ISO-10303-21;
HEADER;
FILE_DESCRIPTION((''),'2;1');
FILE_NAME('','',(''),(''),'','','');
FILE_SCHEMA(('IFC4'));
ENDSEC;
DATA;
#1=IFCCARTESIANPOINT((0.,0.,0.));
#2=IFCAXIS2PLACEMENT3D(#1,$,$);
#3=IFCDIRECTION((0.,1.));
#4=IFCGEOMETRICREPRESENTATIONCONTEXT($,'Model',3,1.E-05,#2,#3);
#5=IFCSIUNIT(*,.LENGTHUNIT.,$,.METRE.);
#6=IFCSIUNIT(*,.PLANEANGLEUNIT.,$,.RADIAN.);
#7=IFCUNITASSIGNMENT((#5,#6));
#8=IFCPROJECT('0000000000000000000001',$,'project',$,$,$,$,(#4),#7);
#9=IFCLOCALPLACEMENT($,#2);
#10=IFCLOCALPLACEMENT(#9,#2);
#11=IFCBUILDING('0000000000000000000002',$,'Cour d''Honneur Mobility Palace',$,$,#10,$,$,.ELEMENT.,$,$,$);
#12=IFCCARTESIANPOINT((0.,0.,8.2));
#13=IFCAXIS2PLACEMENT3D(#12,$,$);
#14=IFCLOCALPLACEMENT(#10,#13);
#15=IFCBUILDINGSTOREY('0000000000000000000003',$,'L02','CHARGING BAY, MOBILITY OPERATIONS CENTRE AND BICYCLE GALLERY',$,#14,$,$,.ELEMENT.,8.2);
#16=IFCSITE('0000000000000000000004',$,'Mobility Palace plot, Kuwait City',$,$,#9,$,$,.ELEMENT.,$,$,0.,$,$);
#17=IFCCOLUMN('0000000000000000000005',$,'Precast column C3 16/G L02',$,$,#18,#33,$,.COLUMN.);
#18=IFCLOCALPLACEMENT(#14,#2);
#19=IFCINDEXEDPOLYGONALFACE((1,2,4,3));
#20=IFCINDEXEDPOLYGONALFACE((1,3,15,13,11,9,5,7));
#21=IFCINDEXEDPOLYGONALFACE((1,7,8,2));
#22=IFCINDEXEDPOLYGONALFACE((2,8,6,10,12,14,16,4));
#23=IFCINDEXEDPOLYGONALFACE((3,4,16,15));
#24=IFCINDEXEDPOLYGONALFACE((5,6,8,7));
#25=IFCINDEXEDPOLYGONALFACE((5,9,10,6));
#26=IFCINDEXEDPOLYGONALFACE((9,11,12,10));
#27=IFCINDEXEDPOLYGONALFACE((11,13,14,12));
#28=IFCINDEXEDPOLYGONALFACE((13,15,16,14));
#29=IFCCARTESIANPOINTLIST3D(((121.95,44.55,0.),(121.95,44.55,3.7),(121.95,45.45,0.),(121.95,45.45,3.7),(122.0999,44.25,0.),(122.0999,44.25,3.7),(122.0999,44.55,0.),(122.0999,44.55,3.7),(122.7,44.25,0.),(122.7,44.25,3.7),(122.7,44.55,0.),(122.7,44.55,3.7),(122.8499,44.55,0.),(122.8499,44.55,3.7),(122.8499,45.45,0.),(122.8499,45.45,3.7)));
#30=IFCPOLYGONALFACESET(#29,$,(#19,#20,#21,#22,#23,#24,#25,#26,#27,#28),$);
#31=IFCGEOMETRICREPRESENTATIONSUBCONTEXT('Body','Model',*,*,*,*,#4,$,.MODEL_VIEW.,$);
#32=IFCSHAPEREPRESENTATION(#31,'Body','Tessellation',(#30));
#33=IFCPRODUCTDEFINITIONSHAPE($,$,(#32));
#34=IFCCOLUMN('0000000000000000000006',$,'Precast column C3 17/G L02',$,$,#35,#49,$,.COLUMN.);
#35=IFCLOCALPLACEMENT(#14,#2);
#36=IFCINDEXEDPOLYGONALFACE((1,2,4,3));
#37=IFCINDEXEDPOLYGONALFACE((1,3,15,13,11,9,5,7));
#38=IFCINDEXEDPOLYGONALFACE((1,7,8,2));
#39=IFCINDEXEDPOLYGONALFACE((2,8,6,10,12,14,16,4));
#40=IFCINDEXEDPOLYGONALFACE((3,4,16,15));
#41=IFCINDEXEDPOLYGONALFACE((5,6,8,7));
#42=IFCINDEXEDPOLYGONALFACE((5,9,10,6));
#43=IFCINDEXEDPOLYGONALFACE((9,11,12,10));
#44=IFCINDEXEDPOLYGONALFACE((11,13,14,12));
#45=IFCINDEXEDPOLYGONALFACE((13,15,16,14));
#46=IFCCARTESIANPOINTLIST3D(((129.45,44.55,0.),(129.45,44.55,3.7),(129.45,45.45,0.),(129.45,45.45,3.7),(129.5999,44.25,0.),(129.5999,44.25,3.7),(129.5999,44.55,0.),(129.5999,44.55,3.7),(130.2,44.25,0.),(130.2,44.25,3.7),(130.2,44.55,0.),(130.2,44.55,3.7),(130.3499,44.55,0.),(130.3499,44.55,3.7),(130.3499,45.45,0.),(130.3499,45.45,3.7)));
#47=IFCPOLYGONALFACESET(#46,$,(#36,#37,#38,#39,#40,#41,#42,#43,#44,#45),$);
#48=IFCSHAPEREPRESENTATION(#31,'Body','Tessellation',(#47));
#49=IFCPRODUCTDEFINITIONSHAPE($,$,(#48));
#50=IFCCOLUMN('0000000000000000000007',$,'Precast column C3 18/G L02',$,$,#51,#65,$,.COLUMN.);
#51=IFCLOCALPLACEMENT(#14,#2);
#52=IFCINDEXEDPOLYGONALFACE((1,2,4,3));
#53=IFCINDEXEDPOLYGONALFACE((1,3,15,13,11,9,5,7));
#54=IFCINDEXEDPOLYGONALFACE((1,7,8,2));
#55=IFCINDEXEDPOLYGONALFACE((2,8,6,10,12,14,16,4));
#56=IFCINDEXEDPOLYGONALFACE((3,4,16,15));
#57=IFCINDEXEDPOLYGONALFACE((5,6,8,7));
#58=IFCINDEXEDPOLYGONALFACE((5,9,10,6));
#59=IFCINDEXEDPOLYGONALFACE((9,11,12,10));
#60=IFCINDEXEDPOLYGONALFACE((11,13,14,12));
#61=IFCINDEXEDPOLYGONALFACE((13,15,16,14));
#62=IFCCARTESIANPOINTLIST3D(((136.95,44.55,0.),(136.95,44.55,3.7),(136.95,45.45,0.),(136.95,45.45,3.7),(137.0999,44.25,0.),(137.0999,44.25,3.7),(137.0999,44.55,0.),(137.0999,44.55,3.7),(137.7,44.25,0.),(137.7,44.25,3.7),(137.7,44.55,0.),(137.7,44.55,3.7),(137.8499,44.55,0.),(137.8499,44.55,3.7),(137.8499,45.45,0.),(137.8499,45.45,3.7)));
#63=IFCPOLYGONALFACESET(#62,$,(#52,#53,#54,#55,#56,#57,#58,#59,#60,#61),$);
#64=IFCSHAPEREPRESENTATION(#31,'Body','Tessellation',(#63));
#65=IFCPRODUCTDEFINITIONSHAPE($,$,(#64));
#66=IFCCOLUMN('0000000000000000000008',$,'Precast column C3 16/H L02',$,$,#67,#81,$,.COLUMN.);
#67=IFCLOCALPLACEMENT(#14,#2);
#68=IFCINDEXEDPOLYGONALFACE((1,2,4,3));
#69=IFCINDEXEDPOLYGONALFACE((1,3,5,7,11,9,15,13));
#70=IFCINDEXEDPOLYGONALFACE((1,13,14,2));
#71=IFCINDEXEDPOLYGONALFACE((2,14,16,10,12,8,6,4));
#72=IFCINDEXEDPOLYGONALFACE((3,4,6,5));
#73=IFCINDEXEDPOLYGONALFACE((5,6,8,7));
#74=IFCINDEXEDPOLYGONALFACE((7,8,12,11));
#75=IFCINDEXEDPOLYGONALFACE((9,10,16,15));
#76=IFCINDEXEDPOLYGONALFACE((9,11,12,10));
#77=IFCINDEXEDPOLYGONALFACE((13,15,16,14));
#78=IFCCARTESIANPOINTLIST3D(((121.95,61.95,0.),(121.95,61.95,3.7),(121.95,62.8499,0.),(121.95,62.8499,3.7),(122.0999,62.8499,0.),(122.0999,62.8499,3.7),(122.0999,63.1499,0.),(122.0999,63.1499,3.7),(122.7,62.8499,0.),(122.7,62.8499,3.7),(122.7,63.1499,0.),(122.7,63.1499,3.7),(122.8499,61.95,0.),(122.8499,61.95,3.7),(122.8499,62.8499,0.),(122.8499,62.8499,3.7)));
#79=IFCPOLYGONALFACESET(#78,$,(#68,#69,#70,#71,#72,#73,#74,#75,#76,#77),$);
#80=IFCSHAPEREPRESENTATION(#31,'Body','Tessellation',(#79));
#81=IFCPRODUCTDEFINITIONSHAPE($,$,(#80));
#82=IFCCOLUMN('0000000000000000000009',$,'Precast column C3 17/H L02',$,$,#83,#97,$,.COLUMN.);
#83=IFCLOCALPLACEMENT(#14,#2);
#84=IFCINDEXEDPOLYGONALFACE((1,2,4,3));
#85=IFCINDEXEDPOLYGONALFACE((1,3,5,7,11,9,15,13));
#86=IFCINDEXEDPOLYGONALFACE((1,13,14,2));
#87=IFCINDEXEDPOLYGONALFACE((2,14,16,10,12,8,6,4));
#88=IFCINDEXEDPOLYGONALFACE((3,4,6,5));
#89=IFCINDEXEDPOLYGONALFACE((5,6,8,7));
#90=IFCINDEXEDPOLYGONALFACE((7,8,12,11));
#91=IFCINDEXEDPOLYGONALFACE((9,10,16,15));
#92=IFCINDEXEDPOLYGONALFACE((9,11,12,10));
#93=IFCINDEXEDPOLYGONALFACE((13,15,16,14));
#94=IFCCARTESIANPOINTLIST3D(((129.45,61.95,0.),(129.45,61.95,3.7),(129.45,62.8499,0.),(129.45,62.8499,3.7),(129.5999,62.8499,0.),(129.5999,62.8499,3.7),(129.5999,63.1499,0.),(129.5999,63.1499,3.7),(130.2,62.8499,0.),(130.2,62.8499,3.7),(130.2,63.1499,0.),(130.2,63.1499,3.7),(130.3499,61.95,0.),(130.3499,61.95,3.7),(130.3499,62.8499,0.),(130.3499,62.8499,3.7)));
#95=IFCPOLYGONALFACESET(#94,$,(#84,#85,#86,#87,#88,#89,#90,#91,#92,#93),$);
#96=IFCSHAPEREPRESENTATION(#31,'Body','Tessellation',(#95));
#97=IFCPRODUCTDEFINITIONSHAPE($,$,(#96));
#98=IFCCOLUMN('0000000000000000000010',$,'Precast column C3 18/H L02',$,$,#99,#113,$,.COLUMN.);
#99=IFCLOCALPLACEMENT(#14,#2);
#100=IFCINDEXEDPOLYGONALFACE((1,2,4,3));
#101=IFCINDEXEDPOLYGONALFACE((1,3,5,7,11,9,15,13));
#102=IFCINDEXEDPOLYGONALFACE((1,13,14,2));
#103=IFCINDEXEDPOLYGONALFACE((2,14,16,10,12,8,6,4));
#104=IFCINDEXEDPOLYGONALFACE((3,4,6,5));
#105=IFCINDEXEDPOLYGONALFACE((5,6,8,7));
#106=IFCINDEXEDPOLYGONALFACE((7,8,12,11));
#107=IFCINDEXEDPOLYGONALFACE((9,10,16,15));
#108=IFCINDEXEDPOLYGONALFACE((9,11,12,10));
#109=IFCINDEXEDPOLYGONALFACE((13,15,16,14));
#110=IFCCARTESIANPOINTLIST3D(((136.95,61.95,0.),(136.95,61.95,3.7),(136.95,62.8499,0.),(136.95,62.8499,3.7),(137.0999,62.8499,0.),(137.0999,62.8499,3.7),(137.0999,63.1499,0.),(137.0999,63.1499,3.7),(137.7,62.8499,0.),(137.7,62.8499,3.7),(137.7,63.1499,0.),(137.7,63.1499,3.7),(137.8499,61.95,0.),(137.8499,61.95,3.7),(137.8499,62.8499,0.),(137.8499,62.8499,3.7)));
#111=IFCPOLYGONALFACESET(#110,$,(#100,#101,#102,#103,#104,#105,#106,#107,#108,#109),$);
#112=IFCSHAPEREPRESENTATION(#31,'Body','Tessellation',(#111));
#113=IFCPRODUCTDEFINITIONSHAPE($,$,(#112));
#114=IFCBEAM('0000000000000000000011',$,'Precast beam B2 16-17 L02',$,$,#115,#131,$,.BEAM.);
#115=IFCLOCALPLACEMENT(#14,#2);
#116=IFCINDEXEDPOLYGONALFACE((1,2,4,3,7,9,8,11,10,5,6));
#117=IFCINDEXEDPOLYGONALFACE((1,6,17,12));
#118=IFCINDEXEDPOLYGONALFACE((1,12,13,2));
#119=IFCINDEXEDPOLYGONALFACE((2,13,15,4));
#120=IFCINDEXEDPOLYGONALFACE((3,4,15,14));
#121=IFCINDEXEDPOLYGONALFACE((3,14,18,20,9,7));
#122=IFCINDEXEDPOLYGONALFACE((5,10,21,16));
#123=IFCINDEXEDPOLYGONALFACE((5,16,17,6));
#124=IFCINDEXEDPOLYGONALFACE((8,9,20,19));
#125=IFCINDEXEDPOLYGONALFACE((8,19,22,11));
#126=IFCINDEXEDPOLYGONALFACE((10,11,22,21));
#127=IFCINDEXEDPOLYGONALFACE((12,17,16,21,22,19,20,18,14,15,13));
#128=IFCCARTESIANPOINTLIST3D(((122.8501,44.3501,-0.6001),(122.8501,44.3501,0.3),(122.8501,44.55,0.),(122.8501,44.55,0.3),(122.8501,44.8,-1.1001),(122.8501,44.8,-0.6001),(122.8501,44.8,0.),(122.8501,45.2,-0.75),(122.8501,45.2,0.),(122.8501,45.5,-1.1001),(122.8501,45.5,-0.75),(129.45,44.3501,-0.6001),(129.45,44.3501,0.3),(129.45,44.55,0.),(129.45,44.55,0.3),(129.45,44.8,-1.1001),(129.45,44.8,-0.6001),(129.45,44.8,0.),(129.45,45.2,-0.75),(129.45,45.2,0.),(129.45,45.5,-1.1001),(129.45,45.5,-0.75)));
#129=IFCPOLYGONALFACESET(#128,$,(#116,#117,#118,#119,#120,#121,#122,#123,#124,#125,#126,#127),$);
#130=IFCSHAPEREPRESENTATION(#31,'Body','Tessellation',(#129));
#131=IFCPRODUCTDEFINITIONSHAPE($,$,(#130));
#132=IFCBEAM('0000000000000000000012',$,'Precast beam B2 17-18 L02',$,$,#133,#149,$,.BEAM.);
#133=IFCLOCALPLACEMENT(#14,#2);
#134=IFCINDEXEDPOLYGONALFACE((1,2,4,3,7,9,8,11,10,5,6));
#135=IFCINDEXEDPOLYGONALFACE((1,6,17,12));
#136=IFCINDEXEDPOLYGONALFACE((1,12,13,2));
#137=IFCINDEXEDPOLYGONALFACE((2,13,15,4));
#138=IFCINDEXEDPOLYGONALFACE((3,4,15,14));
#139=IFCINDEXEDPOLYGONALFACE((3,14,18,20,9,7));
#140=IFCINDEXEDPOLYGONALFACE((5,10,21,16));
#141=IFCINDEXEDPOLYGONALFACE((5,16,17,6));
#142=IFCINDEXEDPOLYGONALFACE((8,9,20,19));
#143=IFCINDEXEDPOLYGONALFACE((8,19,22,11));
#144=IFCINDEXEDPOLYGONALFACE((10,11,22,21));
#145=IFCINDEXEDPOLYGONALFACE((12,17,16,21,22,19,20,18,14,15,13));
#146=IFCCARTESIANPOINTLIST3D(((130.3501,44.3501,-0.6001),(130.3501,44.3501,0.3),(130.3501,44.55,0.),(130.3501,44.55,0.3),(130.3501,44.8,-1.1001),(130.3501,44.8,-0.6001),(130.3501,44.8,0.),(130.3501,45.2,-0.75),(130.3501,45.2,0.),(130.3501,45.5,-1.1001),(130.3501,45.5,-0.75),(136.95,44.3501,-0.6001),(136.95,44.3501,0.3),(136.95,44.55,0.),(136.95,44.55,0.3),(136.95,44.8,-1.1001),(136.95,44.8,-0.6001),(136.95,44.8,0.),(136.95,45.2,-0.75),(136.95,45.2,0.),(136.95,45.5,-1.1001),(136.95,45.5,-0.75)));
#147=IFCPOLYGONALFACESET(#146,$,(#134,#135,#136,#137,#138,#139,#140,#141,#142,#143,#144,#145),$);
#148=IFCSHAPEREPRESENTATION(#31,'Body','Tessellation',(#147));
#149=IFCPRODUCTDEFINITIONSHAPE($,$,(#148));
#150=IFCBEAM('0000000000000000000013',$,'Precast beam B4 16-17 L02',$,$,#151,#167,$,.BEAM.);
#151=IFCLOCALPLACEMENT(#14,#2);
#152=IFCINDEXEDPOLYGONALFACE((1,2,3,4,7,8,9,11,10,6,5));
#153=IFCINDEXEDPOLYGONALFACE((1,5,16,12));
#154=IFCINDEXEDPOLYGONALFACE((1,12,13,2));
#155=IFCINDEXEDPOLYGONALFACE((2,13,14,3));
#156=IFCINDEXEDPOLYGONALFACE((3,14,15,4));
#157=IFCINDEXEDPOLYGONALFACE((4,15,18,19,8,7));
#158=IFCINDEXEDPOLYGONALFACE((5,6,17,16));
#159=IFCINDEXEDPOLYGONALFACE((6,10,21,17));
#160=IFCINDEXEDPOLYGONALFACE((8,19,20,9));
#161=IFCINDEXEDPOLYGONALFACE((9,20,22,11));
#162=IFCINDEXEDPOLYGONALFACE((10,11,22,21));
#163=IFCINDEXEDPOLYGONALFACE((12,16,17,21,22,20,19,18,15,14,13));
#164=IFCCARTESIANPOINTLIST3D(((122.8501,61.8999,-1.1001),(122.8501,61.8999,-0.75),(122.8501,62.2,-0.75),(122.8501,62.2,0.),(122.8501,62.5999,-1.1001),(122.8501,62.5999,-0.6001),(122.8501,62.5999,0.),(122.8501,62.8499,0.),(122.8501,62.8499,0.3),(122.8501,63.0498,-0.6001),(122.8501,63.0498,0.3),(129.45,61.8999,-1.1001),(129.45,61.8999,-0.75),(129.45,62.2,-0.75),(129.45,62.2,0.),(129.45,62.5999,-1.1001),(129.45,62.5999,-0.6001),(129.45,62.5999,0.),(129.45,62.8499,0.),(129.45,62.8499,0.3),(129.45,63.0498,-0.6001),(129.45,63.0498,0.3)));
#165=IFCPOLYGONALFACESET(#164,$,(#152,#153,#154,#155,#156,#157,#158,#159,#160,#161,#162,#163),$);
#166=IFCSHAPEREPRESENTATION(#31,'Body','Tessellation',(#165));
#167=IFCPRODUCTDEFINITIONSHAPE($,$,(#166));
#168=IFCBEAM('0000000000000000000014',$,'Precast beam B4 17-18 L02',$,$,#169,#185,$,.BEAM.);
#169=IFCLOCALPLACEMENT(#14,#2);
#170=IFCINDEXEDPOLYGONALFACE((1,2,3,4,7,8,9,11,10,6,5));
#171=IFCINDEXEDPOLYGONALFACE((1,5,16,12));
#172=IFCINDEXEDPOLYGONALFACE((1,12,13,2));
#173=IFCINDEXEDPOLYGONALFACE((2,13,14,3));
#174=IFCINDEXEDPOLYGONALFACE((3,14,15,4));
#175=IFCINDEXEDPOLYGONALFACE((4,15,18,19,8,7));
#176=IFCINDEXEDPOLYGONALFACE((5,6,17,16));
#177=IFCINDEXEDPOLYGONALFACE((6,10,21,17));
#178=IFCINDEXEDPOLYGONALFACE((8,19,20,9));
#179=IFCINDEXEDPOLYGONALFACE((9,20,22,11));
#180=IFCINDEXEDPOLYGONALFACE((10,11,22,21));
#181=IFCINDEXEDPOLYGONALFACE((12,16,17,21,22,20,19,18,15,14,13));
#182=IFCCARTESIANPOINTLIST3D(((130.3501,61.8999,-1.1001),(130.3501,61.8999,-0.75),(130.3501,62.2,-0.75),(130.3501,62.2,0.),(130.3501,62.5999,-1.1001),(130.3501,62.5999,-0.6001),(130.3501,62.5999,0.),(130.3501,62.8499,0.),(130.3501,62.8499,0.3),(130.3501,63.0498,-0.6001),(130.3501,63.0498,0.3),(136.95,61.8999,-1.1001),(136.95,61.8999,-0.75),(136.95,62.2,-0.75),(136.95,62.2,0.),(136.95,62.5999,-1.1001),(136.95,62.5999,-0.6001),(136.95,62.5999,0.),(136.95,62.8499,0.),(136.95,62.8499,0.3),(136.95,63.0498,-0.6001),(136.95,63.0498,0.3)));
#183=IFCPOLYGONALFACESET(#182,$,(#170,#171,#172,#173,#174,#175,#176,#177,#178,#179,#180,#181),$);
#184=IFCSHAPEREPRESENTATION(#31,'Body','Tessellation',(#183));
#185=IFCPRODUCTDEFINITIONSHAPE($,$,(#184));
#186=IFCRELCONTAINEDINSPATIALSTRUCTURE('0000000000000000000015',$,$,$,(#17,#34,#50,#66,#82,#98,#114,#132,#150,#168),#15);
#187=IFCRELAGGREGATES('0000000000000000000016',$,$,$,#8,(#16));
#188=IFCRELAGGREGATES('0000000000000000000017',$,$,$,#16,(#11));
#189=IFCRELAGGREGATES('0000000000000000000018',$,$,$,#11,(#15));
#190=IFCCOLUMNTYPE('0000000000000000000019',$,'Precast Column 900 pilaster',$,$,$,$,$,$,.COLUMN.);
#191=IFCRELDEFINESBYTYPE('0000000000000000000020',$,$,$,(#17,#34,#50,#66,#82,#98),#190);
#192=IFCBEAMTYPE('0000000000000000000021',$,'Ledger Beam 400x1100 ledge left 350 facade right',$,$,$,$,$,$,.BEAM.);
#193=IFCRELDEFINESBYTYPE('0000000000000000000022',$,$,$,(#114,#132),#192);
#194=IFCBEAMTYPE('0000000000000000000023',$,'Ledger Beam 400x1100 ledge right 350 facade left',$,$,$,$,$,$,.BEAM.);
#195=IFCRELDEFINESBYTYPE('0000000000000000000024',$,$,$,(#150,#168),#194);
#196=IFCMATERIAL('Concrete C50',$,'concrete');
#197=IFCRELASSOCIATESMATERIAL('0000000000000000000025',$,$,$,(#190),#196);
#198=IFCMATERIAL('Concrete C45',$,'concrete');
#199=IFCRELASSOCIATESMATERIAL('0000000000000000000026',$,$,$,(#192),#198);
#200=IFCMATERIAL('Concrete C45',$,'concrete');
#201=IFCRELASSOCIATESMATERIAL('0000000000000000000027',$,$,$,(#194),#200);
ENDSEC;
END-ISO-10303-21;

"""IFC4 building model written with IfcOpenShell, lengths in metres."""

from ifc_helpers import new_model, si_unit, direction, frame, origin, place, context, subcontext, project, spatial, polyline, outline, extrude, material, material_profile, profile_set, type_object, element, save


model = new_model("IFC4")

# Units and contexts
model_context = context("Model", 3, precision=1e-05, world=origin(), true_north=direction((0.0, 1.0)))
body_context = subcontext(model_context, "Body", "Model", "MODEL_VIEW")
ifc_project = project(units=[si_unit("LENGTHUNIT", "METRE"), si_unit("PLANEANGLEUNIT", "RADIAN")], contexts=[model_context])

# Site, building, storey
site_placement = place(None, origin())
site = spatial("IfcSite", under=ifc_project, at=site_placement, Name="Mobility Palace plot, Kuwait City", CompositionType="ELEMENT", RefElevation=0.0)
building_placement = place(site_placement, origin())
building = spatial("IfcBuilding", under=site, at=building_placement, Name="Cour d'Honneur Mobility Palace", CompositionType="ELEMENT")
storey_placement = place(building_placement, frame((0.0, 0.0, 8.2)))
storey = spatial("IfcBuildingStorey", under=building, at=storey_placement, Name="L02", Description="CHARGING BAY, MOBILITY OPERATIONS CENTRE AND BICYCLE GALLERY", CompositionType="ELEMENT", Elevation=8.2)

# Columns
ifc_material_1 = material(Name="Concrete C50", Category="concrete")
ifc_material_profile_1 = material_profile(ifc_material_1, outline(polyline([(-0.45, -0.45), (0.45, -0.45), (0.45, -0.3), (0.75, -0.3), (0.75, 0.3), (0.45, 0.3), (0.45, 0.45), (-0.45, 0.45), (-0.45, -0.45)])), Name="PC C900 pilaster")
ifc_profile_set_1 = profile_set([ifc_material_profile_1], Name="Concrete C50")
column_type = type_object("IfcColumnType", Name="Precast Column 900 pilaster", PredefinedType="COLUMN", material=ifc_profile_set_1)
for number, where, z_axis, x_axis, name in (
    (1, (122.3999, 45.0, 0.0), (0.0, 0.0, 1.0), (0.0, -1.0, 0.0), "Precast column C3 16/G L02"),
    (2, (129.8999, 45.0, 0.0), (0.0, 0.0, 1.0), (0.0, -1.0, 0.0), "Precast column C3 17/G L02"),
    (3, (137.3999, 45.0, 0.0), (0.0, 0.0, 1.0), (0.0, -1.0, 0.0), "Precast column C3 18/G L02"),
    (4, (122.3999, 62.3999, 0.0), (0.0, 0.0, 1.0), (0.0, 1.0, 0.0), "Precast column C3 16/H L02"),
    (5, (129.8999, 62.3999, 0.0), (0.0, 0.0, 1.0), (0.0, 1.0, 0.0), "Precast column C3 17/H L02"),
    (6, (137.3999, 62.3999, 0.0), (0.0, 0.0, 1.0), (0.0, 1.0, 0.0), "Precast column C3 18/H L02"),
):
    element("IfcColumn", number, at=place(storey_placement, frame(where, z_axis=z_axis, x_axis=x_axis)), inside=storey, type_object=column_type, Name=name, PredefinedType="COLUMN", context=body_context, shape_type="SweptSolid", body=[
        extrude(outline(polyline([(-0.45, -0.45), (0.45, -0.45), (0.45, -0.3), (0.75, -0.3), (0.75, 0.3), (0.45, 0.3), (0.45, 0.45), (-0.45, 0.45), (-0.45, -0.45)])), origin(), (0.0, 0.0, 1.0), 3.7),
    ])

# Beams
ifc_material_2 = material(Name="Concrete C45", Category="concrete")
ifc_material_profile_2 = material_profile(ifc_material_2, outline(polyline([(0.5, -1.1001), (0.5, -0.75), (0.2, -0.75), (0.2, 0.0), (-0.2, 0.0), (-0.45, 0.0), (-0.45, 0.3), (-0.6499, 0.3), (-0.6499, -0.6001), (-0.2, -0.6001), (-0.2, -1.1001), (0.5, -1.1001)])), Name="Ledger Beam 400x1100 ledge left 350 facade right")
ifc_profile_set_2 = profile_set([ifc_material_profile_2], Name="Concrete C45")
beam_type_1 = type_object("IfcBeamType", Name="Ledger Beam 400x1100 ledge left 350 facade right", PredefinedType="BEAM", material=ifc_profile_set_2)
for number, where, z_axis, x_axis, name in (
    (7, (122.8501, 45.0, 0.0), (1.0, 0.0, 0.0), (0.0, 1.0, 0.0), "Precast beam B2 16-17 L02"),
    (8, (130.3501, 45.0, 0.0), (1.0, 0.0, 0.0), (0.0, 1.0, 0.0), "Precast beam B2 17-18 L02"),
):
    element("IfcBeam", number, at=place(storey_placement, frame(where, z_axis=z_axis, x_axis=x_axis)), inside=storey, type_object=beam_type_1, Name=name, PredefinedType="BEAM", context=body_context, shape_type="SweptSolid", body=[
        extrude(outline(polyline([(0.5, -1.1001), (0.5, -0.75), (0.2, -0.75), (0.2, 0.0), (-0.2, 0.0), (-0.45, 0.0), (-0.45, 0.3), (-0.6499, 0.3), (-0.6499, -0.6001), (-0.2, -0.6001), (-0.2, -1.1001), (0.5, -1.1001)])), origin(), (0.0, 0.0, 1.0), 6.5999),
    ])
ifc_material_3 = material(Name="Concrete C45", Category="concrete")
ifc_material_profile_3 = material_profile(ifc_material_3, outline(polyline([(0.2, -1.1001), (0.2, -0.6001), (0.6499, -0.6001), (0.6499, 0.3), (0.45, 0.3), (0.45, 0.0), (0.2, 0.0), (-0.2, 0.0), (-0.2, -0.75), (-0.5, -0.75), (-0.5, -1.1001), (0.2, -1.1001)])), Name="Ledger Beam 400x1100 ledge right 350 facade left")
ifc_profile_set_3 = profile_set([ifc_material_profile_3], Name="Concrete C45")
beam_type_2 = type_object("IfcBeamType", Name="Ledger Beam 400x1100 ledge right 350 facade left", PredefinedType="BEAM", material=ifc_profile_set_3)
for number, where, z_axis, x_axis, name in (
    (9, (122.8501, 62.3999, 0.0), (1.0, 0.0, 0.0), (0.0, 1.0, 0.0), "Precast beam B4 16-17 L02"),
    (10, (130.3501, 62.3999, 0.0), (1.0, 0.0, 0.0), (0.0, 1.0, 0.0), "Precast beam B4 17-18 L02"),
):
    element("IfcBeam", number, at=place(storey_placement, frame(where, z_axis=z_axis, x_axis=x_axis)), inside=storey, type_object=beam_type_2, Name=name, PredefinedType="BEAM", context=body_context, shape_type="SweptSolid", body=[
        extrude(outline(polyline([(0.2, -1.1001), (0.2, -0.6001), (0.6499, -0.6001), (0.6499, 0.3), (0.45, 0.3), (0.45, 0.0), (0.2, 0.0), (-0.2, 0.0), (-0.2, -0.75), (-0.5, -0.75), (-0.5, -1.1001), (0.2, -1.1001)])), origin(), (0.0, 0.0, 1.0), 6.5999),
    ])

save(model, "model.ifc")
